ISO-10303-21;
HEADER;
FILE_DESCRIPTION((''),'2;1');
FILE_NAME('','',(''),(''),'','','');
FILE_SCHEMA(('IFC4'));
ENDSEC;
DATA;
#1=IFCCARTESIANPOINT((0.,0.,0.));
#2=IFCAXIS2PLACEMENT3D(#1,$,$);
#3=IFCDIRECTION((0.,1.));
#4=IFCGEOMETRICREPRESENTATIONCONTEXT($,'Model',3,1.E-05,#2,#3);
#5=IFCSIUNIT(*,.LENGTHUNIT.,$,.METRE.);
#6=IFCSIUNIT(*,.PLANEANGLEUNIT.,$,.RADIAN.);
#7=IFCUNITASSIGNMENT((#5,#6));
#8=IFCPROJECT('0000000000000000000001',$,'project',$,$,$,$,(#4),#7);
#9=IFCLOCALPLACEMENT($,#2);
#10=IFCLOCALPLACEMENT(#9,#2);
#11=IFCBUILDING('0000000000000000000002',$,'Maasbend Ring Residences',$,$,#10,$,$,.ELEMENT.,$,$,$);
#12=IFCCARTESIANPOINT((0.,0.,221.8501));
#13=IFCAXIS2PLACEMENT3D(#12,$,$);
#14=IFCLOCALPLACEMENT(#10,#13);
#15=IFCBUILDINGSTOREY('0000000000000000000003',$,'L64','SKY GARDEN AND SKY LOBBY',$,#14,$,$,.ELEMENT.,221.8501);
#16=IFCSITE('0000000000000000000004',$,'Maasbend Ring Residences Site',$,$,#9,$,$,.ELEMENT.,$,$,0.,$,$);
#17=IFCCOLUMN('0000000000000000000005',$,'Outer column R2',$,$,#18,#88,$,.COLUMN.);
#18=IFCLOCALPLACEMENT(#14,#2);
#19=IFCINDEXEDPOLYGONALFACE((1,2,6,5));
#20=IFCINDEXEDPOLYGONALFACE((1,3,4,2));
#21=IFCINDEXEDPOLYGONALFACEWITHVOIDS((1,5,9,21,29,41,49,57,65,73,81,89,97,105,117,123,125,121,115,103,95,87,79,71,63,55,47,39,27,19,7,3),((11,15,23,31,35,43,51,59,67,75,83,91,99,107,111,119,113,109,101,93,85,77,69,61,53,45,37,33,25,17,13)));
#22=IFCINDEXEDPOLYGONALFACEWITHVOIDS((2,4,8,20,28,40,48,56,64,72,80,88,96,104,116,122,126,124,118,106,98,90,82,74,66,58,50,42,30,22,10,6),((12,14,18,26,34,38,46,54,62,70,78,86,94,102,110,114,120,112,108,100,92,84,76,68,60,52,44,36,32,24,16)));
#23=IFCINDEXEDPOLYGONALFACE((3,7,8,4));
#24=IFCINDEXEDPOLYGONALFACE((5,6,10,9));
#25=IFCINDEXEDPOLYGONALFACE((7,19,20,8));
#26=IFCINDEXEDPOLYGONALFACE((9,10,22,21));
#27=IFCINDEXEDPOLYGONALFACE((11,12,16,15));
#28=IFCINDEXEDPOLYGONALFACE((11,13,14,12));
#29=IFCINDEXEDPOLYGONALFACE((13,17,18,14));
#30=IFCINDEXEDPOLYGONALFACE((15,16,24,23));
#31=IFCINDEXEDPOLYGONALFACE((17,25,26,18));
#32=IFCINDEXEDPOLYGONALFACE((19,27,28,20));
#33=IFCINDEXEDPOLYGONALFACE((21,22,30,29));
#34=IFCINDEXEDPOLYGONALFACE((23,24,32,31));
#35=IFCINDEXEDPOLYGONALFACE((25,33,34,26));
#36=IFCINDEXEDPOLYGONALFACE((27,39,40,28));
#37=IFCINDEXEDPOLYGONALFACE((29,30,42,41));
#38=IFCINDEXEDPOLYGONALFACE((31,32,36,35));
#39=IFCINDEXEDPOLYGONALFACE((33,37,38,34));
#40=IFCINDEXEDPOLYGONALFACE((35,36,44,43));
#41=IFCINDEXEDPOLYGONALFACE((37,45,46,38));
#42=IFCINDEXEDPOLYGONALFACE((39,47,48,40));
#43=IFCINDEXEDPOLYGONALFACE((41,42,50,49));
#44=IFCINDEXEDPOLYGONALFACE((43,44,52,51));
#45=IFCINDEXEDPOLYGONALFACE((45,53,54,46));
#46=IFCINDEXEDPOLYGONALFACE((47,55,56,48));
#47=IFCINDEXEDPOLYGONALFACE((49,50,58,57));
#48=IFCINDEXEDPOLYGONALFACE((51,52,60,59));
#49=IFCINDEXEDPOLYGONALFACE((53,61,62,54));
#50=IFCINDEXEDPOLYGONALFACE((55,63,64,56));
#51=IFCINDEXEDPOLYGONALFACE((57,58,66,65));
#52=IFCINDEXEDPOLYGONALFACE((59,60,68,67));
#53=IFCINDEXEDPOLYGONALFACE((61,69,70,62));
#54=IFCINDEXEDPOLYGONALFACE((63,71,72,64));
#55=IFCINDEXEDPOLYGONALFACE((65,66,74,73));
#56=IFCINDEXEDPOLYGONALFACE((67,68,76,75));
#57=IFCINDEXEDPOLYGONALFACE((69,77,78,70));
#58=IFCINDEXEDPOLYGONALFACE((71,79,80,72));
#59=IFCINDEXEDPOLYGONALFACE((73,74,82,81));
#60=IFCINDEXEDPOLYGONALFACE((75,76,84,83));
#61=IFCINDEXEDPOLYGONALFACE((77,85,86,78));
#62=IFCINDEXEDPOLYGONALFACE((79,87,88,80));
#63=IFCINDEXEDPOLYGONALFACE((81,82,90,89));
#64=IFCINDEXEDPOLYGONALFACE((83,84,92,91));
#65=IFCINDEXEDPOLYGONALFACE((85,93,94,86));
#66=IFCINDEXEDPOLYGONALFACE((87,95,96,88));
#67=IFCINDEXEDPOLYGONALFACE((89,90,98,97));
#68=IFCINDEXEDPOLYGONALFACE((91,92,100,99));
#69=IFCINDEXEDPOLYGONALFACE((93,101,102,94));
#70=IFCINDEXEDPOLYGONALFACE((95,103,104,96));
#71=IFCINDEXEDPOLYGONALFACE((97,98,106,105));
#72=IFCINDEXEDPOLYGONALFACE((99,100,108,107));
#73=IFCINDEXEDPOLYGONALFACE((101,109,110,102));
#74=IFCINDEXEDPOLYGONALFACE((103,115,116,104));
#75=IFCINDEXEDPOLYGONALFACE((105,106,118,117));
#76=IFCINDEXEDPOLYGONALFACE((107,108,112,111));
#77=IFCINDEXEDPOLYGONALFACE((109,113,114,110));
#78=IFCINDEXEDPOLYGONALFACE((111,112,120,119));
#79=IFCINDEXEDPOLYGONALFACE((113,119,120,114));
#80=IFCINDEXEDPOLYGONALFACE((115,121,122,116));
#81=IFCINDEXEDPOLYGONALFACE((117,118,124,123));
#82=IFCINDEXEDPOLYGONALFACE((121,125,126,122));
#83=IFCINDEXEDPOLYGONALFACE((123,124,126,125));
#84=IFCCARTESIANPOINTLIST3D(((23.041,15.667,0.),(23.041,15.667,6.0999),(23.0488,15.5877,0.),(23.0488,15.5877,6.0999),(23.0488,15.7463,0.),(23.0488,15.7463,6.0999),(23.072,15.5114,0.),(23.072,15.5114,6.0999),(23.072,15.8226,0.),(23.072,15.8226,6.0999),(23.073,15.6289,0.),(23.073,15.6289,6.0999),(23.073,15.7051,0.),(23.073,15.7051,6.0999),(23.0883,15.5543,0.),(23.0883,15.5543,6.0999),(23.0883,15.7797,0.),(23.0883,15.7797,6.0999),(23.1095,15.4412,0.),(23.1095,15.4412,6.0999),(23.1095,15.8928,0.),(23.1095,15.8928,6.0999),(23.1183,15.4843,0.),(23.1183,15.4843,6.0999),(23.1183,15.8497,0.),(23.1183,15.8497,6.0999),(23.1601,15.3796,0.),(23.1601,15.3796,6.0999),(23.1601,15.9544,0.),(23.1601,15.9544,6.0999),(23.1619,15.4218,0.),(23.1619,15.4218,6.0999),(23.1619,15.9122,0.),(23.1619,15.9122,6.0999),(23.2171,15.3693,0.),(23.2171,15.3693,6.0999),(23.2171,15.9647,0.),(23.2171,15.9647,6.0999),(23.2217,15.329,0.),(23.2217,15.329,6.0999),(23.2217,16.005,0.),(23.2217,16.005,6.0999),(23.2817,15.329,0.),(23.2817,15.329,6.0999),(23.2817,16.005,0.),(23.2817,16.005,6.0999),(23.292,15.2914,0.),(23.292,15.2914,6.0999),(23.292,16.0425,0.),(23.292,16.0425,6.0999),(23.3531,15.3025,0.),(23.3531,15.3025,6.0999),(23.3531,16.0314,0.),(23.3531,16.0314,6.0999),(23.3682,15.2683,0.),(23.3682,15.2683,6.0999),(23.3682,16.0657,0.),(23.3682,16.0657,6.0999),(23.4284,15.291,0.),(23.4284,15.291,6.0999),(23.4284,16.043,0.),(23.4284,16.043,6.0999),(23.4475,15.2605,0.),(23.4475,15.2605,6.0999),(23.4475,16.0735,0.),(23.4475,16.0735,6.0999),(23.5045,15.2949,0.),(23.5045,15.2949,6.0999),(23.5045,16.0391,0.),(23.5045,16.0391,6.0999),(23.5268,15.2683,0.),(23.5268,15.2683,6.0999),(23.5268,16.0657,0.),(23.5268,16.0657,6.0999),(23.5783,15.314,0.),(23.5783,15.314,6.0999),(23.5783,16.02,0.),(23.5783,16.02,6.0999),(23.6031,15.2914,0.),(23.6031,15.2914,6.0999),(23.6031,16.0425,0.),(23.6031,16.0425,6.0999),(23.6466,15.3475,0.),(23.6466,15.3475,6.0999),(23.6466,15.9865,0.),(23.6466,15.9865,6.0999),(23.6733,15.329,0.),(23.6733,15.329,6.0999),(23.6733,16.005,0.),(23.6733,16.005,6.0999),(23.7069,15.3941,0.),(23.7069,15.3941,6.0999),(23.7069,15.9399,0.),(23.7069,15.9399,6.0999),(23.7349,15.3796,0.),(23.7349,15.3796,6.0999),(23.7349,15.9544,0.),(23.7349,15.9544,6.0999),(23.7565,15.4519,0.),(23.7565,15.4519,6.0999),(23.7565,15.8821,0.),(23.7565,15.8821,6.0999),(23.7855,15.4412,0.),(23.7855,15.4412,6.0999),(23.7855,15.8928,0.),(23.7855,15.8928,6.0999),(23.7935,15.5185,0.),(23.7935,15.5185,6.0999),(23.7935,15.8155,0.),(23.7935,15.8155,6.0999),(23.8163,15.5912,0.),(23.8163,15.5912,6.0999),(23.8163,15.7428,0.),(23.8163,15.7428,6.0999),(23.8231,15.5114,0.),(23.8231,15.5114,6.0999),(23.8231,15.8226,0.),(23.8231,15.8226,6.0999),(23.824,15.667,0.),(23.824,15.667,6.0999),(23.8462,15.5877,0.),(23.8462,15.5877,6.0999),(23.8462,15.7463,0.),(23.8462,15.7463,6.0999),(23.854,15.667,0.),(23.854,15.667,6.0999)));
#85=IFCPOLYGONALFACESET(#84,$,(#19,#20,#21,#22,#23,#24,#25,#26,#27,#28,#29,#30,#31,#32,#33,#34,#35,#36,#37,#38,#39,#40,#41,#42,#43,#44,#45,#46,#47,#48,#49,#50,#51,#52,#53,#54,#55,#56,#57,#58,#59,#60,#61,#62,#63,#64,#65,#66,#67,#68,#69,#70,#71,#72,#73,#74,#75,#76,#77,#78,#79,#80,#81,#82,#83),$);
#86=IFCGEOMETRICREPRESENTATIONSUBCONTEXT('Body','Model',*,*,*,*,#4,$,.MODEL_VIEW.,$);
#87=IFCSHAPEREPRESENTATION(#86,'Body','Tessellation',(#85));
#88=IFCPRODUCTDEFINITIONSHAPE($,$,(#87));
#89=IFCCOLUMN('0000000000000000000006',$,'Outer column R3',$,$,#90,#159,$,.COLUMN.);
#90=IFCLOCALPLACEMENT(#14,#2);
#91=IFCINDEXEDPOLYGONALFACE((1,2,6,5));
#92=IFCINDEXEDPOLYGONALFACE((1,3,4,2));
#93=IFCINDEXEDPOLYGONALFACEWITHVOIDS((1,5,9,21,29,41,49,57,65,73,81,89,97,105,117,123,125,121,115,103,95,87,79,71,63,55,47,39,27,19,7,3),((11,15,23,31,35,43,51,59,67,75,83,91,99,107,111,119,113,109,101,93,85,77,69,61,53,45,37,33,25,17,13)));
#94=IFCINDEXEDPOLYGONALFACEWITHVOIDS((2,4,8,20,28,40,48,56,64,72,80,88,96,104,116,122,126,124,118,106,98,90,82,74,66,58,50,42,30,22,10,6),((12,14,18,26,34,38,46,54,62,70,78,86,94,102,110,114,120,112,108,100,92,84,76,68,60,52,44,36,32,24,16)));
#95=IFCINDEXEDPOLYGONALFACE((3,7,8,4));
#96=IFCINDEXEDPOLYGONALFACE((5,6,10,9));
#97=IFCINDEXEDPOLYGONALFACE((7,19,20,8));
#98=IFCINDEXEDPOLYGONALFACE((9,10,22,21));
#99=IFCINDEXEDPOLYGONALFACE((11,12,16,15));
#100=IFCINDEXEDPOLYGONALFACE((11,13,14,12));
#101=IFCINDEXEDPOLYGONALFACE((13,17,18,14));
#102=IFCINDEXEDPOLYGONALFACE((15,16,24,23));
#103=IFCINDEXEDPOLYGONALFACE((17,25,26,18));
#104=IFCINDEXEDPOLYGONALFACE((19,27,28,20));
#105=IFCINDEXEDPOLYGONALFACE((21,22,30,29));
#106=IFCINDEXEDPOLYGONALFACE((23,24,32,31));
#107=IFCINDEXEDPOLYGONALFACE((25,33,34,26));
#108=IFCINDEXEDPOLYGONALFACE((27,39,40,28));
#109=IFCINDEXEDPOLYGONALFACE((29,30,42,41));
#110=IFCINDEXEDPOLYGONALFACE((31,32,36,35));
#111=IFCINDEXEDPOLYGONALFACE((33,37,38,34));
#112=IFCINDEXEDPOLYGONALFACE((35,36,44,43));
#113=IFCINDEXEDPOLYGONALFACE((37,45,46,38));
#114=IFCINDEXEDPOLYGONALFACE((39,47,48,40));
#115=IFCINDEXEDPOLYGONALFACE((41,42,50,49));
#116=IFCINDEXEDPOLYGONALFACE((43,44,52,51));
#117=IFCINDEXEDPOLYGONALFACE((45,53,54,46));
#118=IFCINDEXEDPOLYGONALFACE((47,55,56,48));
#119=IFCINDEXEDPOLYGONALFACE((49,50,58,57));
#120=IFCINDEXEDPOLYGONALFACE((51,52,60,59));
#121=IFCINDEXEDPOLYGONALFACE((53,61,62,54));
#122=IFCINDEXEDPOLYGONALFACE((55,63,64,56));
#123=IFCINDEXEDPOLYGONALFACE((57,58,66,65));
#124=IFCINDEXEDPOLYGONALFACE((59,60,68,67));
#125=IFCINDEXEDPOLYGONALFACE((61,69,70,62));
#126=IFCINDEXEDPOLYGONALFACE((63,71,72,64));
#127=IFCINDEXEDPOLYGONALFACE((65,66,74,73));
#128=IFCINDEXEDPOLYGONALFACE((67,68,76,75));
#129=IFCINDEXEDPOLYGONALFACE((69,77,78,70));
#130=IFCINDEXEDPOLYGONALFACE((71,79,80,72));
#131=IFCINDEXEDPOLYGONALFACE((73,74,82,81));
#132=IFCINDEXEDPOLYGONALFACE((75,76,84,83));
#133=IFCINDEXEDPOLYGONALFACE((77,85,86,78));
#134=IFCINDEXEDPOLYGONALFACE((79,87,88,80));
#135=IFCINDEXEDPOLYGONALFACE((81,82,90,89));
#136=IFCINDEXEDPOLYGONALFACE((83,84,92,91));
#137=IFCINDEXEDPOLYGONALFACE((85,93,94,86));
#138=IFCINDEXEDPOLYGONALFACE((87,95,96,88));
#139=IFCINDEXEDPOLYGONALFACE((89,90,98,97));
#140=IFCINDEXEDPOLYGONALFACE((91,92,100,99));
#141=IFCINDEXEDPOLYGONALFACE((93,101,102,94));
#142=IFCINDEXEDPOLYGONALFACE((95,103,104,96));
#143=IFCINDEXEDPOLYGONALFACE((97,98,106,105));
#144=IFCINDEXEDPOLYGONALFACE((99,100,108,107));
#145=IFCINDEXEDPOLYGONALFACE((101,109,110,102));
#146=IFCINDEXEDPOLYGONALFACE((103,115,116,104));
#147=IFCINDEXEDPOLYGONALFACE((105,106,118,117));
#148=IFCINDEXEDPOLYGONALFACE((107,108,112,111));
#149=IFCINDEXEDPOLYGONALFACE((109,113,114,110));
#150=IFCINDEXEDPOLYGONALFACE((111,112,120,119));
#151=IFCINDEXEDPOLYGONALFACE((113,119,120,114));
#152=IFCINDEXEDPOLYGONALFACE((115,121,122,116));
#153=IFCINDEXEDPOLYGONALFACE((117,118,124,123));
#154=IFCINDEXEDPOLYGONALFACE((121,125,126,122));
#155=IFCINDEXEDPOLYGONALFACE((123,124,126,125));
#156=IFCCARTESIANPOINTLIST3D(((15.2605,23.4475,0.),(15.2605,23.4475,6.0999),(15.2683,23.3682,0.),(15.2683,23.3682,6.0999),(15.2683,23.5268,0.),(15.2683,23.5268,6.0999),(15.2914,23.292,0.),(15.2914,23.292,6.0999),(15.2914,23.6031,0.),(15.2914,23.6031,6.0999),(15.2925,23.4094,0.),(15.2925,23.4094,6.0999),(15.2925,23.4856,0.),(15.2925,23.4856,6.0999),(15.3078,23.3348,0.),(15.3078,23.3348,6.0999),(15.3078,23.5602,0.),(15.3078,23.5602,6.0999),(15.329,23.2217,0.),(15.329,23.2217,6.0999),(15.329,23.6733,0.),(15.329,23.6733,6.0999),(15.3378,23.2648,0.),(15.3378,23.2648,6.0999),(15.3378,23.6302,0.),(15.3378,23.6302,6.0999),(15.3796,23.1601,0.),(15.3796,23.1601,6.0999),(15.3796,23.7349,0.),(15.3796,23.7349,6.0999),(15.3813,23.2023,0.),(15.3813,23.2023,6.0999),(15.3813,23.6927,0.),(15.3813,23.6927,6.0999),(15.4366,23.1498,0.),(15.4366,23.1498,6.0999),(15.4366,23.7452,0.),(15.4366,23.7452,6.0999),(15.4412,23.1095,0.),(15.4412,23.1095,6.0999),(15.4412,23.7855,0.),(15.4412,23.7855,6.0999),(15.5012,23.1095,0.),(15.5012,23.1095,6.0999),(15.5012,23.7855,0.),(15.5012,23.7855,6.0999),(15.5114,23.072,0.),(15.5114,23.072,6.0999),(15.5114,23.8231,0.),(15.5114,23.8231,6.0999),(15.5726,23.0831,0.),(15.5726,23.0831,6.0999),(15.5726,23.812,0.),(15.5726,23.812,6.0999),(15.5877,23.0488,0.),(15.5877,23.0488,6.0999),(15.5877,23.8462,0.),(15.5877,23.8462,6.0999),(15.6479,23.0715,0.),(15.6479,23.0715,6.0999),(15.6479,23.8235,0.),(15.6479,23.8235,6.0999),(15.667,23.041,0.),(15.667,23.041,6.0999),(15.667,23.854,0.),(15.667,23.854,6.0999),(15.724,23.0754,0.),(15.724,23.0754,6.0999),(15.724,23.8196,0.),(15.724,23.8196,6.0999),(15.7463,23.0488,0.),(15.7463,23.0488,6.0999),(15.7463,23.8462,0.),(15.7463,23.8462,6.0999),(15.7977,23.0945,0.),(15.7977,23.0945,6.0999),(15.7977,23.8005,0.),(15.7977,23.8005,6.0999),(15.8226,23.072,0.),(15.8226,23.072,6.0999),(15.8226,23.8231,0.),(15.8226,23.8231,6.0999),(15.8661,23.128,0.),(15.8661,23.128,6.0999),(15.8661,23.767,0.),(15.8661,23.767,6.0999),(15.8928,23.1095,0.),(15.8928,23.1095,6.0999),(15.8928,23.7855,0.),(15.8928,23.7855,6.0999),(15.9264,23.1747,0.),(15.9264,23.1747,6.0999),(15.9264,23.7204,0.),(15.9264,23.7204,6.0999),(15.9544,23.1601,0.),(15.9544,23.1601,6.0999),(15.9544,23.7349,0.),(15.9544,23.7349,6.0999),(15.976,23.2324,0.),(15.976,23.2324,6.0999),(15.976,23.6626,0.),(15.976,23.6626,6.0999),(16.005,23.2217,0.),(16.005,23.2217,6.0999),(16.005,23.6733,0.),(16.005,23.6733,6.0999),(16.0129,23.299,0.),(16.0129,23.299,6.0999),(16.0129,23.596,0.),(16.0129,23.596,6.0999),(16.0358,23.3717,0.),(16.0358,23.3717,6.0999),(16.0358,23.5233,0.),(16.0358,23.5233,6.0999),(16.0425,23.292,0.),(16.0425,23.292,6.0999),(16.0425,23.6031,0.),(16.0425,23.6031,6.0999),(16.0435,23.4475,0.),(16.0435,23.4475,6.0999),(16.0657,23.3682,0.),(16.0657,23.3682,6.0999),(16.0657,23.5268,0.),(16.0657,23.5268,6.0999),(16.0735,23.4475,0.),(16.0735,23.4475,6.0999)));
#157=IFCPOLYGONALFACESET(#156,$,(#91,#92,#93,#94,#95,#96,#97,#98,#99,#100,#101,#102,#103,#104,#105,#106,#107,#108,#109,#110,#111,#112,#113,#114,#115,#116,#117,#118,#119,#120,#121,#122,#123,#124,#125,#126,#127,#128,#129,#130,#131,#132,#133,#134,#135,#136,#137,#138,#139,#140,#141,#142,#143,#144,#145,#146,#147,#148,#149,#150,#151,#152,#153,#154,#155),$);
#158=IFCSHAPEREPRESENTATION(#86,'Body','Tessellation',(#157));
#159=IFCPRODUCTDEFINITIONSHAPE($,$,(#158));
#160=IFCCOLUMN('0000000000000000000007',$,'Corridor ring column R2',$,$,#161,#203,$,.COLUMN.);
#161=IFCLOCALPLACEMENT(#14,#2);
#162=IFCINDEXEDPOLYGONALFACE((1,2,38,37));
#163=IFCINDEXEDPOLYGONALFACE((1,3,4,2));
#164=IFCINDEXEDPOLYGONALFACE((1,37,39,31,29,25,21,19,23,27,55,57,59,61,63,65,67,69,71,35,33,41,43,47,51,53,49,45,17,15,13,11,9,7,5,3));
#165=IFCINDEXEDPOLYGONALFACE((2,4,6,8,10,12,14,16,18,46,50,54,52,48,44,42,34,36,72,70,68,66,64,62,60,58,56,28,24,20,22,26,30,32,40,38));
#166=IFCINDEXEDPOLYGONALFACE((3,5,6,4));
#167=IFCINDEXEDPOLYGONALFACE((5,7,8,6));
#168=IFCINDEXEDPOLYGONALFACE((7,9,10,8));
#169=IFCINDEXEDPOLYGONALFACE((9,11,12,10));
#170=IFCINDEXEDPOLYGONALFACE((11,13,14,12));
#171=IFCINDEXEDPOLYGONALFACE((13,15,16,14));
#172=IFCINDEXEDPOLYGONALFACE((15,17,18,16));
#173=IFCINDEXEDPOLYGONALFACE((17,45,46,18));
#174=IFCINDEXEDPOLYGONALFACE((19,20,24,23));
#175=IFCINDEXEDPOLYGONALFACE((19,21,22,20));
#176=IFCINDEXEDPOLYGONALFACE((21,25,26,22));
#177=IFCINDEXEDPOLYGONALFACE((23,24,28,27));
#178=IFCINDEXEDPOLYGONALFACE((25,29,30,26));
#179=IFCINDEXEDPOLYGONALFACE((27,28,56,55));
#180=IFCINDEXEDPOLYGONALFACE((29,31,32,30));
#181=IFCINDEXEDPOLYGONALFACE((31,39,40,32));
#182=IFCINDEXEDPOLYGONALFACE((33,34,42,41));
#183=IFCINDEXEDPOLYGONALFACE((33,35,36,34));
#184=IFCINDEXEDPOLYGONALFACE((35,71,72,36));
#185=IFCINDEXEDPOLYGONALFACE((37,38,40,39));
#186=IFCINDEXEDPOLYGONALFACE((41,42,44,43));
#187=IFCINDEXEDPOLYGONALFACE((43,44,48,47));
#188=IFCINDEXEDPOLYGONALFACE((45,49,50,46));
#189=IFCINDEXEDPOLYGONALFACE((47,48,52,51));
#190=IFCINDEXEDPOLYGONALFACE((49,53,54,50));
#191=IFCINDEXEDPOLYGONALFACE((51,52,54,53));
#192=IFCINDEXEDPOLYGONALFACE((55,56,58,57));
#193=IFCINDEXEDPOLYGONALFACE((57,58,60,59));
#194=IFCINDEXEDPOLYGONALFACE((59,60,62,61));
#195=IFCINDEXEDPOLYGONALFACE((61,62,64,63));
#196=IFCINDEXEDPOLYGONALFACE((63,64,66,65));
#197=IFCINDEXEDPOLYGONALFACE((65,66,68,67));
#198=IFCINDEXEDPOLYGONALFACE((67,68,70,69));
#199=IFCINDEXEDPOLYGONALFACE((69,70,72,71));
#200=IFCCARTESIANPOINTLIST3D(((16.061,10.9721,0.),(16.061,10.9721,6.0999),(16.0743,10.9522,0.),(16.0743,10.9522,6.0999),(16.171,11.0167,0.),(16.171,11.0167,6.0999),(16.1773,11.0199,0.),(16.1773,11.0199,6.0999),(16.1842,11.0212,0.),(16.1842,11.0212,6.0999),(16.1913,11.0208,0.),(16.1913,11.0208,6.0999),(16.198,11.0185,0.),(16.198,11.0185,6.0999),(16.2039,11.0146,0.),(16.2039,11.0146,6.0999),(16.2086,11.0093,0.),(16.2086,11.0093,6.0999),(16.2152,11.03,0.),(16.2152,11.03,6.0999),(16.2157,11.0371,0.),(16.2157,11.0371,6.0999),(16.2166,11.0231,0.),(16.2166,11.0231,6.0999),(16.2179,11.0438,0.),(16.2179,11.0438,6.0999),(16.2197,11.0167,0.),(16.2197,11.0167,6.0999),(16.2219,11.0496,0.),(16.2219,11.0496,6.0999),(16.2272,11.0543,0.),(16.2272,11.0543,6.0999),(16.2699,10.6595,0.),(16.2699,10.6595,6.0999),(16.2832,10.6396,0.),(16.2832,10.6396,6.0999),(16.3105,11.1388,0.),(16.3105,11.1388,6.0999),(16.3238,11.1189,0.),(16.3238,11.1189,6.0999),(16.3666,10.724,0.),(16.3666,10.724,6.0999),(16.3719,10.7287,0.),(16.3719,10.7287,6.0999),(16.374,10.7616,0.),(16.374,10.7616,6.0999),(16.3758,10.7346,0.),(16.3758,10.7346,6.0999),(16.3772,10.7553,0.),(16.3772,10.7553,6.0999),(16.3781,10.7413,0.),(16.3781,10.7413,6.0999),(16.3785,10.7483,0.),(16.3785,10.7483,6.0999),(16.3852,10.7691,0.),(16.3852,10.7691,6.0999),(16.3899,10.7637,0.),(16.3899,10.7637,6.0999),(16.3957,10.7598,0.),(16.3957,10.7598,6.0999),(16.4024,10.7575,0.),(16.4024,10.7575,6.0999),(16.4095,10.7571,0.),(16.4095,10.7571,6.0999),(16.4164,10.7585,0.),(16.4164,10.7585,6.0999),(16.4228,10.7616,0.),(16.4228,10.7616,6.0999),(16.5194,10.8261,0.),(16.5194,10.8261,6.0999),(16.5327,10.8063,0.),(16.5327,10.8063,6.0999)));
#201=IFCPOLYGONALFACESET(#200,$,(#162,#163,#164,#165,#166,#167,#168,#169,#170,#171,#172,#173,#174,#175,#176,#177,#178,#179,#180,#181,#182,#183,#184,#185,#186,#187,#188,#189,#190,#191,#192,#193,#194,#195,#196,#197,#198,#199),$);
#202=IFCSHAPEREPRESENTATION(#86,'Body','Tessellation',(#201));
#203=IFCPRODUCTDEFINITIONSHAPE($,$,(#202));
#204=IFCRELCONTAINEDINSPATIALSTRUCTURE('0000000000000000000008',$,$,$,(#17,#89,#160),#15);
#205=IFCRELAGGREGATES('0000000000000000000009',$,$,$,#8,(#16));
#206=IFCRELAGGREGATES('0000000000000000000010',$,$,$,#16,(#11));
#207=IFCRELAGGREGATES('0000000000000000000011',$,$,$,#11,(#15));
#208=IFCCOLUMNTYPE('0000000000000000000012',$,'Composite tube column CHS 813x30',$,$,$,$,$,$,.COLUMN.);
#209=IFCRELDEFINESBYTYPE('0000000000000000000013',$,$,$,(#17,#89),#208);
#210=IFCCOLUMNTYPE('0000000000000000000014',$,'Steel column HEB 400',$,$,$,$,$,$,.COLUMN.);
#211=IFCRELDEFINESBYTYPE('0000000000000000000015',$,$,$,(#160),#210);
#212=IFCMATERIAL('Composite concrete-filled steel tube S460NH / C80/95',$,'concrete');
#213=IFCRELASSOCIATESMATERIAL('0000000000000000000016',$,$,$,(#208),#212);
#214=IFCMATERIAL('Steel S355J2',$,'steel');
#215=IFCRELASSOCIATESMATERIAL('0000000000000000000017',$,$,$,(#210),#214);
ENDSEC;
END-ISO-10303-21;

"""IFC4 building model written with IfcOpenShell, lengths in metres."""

from ifc_helpers import new_model, si_unit, direction, frame, origin, origin_2d, place, context, subcontext, project, spatial, hollow_circle, i_section, extrude, material, material_profile, profile_set, type_object, element, save


model = new_model("IFC4")

# Units and contexts
model_context = context("Model", 3, precision=1e-05, world=origin(), true_north=direction((0.0, 1.0)))
body_context = subcontext(model_context, "Body", "Model", "MODEL_VIEW")
ifc_project = project(units=[si_unit("LENGTHUNIT", "METRE"), si_unit("PLANEANGLEUNIT", "RADIAN")], contexts=[model_context])

# Site, building, storey
site_placement = place(None, origin())
site = spatial("IfcSite", under=ifc_project, at=site_placement, Name="Maasbend Ring Residences Site", CompositionType="ELEMENT", RefElevation=0.0)
building_placement = place(site_placement, origin())
building = spatial("IfcBuilding", under=site, at=building_placement, Name="Maasbend Ring Residences", CompositionType="ELEMENT")
storey_placement = place(building_placement, frame((0.0, 0.0, 221.8501)))
storey = spatial("IfcBuildingStorey", under=building, at=storey_placement, Name="L64", Description="SKY GARDEN AND SKY LOBBY", CompositionType="ELEMENT", Elevation=221.8501)

# Columns
ifc_material_1 = material(Name="Composite concrete-filled steel tube S460NH / C80/95", Category="concrete")
ifc_material_profile_1 = material_profile(ifc_material_1, hollow_circle(Radius=0.4065, WallThickness=0.03, at=origin_2d()), Name="Composite tube column CHS 813x30")
ifc_profile_set_1 = profile_set([ifc_material_profile_1], Name="Composite concrete-filled steel tube S460NH / C80/95")
column_type_1 = type_object("IfcColumnType", Name="Composite tube column CHS 813x30", PredefinedType="COLUMN", material=ifc_profile_set_1)
for number, where, z_axis, x_axis, name in (
    (1, (23.4475, 15.667, 0.0), (0.0, 0.0, 1.0), (1.0, 0.0, 0.0), "Outer column R2"),
    (2, (15.667, 23.4475, 0.0), (0.0, 0.0, 1.0), (1.0, 0.0, 0.0), "Outer column R3"),
):
    element("IfcColumn", number, at=place(storey_placement, frame(where, z_axis=z_axis, x_axis=x_axis)), inside=storey, type_object=column_type_1, Name=name, PredefinedType="COLUMN", context=body_context, shape_type="SweptSolid", body=[
        extrude(hollow_circle(Radius=0.4065, WallThickness=0.03, at=origin_2d()), origin(), (0.0, 0.0, 1.0), 6.0999),
    ])
ifc_material_2 = material(Name="Steel S355J2", Category="steel")
ifc_material_profile_2 = material_profile(ifc_material_2, i_section(OverallWidth=0.3, OverallDepth=0.3999, WebThickness=0.0134, FlangeThickness=0.0239, FilletRadius=0.0271, at=origin_2d()), Name="HEB 400")
ifc_profile_set_2 = profile_set([ifc_material_profile_2], Name="Steel S355J2")
column_type_2 = type_object("IfcColumnType", Name="Steel column HEB 400", PredefinedType="COLUMN", material=ifc_profile_set_2)
column_placement = place(storey_placement, frame((16.2969, 10.8892, 0.0), z_axis=(0.0, 0.0, 1.0), x_axis=(0.83147, 0.55557, 0.0)))
element("IfcColumn", 3, at=column_placement, inside=storey, type_object=column_type_2, Name="Corridor ring column R2", PredefinedType="COLUMN", context=body_context, shape_type="SweptSolid", body=[
    extrude(i_section(OverallWidth=0.3, OverallDepth=0.3999, WebThickness=0.0134, FlangeThickness=0.0239, FilletRadius=0.0271, at=origin_2d()), origin(), (0.0, 0.0, 1.0), 6.0999),
])

save(model, "model.ifc")
